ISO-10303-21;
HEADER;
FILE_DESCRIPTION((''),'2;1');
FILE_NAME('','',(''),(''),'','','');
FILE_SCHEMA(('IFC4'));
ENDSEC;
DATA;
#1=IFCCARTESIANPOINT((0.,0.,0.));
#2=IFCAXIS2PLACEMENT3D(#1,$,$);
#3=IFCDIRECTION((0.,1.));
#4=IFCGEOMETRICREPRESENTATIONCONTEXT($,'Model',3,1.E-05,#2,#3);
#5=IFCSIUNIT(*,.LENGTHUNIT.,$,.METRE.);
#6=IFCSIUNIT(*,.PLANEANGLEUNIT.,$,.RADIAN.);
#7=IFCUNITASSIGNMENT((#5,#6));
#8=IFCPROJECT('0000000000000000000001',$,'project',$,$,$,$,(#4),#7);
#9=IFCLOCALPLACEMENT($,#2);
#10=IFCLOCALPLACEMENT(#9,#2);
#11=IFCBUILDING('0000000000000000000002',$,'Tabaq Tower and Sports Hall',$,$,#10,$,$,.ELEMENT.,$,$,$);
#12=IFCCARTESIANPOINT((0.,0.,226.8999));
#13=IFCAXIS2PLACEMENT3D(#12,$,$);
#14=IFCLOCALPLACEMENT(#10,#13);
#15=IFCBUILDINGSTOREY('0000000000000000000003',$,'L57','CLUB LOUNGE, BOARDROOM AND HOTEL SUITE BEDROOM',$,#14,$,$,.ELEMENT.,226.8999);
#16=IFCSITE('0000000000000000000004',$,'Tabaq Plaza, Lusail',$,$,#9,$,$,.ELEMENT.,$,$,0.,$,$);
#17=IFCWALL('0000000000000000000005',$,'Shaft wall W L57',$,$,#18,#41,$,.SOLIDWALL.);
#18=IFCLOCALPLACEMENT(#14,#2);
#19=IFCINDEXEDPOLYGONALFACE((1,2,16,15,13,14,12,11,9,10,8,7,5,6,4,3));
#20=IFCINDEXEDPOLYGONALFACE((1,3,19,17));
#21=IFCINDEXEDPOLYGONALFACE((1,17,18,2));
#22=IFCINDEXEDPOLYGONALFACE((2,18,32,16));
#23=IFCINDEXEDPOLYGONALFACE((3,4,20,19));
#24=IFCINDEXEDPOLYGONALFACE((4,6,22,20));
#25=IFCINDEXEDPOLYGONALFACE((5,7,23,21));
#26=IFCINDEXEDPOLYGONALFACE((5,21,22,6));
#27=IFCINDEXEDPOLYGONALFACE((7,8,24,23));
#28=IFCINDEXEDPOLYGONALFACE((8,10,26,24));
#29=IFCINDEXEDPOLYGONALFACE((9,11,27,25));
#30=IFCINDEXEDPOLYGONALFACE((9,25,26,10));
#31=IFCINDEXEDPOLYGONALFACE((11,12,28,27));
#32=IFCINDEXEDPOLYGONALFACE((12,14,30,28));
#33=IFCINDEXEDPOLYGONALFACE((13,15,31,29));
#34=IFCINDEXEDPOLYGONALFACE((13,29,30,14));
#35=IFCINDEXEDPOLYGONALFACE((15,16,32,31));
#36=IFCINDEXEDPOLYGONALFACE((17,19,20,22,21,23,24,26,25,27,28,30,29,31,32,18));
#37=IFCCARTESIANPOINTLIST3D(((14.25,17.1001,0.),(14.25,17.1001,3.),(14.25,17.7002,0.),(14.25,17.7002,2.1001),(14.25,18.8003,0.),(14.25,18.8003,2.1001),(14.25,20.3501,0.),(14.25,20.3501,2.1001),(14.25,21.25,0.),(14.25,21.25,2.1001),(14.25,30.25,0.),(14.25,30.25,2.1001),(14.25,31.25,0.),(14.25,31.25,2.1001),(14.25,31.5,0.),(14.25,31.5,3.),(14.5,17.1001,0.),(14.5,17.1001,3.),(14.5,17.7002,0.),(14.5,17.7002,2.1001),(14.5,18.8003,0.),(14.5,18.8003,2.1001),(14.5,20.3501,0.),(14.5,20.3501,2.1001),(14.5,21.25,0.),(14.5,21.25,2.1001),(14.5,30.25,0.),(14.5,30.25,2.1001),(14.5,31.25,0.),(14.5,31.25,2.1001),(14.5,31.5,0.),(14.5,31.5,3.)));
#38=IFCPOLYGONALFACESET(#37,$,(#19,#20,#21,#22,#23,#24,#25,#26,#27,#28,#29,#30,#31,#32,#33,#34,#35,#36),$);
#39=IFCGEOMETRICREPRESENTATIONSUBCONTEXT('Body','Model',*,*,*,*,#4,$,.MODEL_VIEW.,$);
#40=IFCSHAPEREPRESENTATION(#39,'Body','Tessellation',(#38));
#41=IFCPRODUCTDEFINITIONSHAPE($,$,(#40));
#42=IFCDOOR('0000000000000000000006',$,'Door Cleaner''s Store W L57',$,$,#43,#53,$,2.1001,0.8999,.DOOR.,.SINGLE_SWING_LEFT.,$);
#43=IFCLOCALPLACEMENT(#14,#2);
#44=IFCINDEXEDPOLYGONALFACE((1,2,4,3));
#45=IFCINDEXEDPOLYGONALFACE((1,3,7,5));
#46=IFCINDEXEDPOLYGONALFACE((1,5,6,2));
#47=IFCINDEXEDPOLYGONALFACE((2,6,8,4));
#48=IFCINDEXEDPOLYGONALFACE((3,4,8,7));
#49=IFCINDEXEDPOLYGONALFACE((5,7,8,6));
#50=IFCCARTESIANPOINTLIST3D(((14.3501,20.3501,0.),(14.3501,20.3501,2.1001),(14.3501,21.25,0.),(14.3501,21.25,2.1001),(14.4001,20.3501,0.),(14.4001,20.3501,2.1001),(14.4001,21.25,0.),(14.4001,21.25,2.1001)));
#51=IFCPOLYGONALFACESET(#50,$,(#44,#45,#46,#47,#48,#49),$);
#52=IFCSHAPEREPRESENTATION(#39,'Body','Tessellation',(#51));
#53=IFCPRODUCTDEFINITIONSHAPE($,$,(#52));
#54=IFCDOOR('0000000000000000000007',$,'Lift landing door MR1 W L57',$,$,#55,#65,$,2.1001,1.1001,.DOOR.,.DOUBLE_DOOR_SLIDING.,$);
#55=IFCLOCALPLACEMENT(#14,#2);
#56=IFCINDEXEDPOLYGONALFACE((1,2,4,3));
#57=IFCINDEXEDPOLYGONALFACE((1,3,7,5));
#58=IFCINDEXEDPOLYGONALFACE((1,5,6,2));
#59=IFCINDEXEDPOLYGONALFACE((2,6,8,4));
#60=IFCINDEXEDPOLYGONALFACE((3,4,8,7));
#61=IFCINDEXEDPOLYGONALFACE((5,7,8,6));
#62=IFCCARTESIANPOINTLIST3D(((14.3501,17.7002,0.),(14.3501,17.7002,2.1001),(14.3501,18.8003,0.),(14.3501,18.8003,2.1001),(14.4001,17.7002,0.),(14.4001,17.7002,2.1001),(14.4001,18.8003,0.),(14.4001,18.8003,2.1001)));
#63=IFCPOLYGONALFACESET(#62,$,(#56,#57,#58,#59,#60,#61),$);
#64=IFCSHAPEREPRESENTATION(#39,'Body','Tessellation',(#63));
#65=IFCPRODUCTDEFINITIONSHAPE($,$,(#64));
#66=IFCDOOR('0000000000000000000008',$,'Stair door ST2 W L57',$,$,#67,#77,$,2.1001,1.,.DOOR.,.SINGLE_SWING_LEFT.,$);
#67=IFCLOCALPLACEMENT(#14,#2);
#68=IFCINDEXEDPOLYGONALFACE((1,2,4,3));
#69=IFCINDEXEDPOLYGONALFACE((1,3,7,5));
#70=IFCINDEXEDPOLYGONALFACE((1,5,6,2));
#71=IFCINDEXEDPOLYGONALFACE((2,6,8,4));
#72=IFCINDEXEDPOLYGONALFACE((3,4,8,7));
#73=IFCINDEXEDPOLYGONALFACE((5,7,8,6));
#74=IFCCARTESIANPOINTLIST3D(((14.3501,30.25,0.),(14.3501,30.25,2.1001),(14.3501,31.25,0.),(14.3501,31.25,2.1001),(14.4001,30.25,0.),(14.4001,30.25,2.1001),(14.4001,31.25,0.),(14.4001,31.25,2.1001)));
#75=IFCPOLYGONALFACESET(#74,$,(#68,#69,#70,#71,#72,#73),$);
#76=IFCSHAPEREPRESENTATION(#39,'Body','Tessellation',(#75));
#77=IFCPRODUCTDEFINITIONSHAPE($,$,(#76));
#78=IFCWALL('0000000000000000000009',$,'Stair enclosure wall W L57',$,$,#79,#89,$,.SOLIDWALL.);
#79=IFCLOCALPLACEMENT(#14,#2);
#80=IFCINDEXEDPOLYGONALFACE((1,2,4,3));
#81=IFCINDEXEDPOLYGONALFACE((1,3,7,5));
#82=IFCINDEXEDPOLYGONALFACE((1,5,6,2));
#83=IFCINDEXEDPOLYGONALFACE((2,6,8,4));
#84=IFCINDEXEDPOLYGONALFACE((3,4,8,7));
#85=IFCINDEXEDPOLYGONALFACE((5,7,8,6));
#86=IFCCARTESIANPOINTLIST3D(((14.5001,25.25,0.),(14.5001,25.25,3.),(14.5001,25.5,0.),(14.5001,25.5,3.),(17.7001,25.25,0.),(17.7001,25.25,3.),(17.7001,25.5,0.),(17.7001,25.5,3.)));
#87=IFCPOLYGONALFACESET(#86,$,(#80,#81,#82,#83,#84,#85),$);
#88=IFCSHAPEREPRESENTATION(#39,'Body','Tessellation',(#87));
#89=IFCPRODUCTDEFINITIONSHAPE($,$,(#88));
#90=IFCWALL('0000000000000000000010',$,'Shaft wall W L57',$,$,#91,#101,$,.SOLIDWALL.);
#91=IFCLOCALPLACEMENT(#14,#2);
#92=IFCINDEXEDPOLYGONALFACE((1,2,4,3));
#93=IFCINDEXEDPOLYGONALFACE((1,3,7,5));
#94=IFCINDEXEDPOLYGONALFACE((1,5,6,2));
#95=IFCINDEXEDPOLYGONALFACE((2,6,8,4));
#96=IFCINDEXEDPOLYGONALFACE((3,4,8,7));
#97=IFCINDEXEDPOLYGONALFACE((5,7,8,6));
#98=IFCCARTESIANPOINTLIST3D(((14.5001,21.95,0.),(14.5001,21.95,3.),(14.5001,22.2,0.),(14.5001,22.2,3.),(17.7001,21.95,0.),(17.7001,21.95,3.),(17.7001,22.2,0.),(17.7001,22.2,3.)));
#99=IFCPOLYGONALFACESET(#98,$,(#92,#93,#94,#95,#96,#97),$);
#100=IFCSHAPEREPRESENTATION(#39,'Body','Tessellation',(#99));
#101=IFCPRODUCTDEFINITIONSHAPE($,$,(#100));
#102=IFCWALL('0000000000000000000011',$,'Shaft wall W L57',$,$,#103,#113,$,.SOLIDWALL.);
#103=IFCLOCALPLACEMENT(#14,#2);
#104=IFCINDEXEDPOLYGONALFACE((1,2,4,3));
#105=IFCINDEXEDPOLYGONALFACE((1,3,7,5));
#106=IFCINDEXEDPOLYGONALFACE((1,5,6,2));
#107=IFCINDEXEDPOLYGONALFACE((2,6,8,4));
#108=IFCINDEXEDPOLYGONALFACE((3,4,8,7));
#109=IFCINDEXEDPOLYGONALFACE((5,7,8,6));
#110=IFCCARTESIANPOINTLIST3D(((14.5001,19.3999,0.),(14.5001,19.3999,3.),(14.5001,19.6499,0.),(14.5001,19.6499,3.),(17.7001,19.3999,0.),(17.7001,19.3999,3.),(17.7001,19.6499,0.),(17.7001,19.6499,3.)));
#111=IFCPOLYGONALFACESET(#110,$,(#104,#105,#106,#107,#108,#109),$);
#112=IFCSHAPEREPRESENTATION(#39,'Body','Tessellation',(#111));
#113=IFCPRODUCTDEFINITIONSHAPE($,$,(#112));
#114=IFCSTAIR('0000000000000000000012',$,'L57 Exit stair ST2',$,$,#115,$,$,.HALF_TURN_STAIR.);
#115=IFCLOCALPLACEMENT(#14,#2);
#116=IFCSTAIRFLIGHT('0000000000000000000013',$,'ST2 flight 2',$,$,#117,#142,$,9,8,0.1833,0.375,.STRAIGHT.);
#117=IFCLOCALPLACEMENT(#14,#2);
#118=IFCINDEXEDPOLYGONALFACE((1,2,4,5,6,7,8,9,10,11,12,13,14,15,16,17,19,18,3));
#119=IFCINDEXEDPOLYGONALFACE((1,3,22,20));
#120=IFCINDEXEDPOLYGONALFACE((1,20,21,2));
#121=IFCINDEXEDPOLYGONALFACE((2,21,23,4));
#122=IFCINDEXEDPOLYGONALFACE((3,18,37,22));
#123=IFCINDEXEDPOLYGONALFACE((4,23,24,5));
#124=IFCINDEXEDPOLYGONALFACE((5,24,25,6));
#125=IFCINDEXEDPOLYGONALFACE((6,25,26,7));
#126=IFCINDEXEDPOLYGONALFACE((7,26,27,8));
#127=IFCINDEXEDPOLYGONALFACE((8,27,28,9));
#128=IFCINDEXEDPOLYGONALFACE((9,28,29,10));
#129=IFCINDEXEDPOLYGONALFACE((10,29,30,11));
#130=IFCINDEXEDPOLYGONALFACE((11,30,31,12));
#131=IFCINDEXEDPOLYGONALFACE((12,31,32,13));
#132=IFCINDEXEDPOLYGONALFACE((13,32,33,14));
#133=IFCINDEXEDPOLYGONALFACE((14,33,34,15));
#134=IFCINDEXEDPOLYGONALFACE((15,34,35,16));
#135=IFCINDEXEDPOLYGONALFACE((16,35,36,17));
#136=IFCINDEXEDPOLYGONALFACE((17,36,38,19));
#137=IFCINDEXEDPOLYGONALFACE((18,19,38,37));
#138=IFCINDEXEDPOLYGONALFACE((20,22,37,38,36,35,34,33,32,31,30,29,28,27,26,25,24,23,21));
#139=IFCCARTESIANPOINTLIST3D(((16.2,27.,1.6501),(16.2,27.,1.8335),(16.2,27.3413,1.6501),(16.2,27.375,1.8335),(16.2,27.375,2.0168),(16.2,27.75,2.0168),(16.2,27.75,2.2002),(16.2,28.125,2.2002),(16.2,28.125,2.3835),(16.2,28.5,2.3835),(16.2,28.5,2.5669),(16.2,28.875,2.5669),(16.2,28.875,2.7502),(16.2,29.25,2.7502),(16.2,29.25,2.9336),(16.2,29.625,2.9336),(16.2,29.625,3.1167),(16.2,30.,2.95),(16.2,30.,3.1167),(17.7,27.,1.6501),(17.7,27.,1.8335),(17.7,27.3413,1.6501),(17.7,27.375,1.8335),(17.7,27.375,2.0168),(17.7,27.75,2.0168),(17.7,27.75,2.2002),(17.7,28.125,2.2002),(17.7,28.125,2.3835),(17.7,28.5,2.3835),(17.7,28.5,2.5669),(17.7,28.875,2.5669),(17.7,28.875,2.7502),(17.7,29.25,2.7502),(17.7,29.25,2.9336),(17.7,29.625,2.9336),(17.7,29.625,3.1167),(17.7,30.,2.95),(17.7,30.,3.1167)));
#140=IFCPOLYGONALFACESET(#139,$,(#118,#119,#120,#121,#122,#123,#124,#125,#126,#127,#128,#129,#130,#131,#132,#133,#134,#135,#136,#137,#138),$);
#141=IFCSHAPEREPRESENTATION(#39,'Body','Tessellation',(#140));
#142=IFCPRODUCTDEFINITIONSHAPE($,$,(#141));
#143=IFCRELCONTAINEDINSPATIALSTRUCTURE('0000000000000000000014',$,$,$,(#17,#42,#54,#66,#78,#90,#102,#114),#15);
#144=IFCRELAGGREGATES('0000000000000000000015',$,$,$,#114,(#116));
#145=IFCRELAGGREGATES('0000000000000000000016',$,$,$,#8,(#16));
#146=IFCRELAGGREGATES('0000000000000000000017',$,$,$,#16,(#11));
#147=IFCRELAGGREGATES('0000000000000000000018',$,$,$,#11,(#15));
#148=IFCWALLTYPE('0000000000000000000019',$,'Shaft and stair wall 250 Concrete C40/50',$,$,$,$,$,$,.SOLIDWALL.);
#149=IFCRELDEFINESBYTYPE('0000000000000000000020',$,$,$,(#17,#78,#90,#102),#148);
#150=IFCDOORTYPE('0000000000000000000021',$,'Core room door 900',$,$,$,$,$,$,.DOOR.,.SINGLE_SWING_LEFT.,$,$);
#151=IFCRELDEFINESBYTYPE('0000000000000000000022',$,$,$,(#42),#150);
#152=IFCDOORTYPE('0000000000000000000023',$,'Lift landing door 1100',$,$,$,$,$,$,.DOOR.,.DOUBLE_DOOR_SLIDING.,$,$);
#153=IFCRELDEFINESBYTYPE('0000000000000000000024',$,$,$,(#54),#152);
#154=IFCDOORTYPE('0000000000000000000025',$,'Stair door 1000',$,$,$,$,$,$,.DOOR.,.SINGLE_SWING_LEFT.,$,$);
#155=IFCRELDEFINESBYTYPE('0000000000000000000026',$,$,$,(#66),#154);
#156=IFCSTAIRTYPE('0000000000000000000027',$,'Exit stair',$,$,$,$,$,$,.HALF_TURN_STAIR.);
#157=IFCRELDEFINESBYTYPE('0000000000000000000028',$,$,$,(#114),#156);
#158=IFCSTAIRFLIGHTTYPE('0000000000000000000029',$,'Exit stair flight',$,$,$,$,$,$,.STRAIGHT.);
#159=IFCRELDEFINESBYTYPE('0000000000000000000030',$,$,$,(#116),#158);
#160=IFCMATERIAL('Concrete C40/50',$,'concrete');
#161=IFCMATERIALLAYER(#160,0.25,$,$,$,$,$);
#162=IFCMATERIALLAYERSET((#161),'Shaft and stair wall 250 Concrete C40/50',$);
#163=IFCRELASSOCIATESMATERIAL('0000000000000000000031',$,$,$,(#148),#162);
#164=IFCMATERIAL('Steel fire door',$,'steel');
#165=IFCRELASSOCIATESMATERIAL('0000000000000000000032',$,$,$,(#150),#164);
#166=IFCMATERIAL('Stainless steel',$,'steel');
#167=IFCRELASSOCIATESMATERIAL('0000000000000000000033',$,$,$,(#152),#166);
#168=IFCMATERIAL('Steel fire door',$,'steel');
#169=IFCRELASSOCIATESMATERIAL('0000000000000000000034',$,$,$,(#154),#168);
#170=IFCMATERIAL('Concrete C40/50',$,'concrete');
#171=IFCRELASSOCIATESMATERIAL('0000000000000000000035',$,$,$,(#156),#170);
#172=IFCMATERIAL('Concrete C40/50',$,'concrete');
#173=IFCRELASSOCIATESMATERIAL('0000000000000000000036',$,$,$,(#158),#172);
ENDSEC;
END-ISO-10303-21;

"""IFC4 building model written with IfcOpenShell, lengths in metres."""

from ifc_helpers import new_model, si_unit, direction, frame, frame_2d, origin, place, context, subcontext, project, spatial, polyline, rectangle, outline, extrude, material, layer, layer_set, type_object, element, fill, aggregate, save


model = new_model("IFC4")

# Units and contexts
model_context = context("Model", 3, precision=1e-05, world=origin(), true_north=direction((0.0, 1.0)))
body_context = subcontext(model_context, "Body", "Model", "MODEL_VIEW")
ifc_project = project(units=[si_unit("LENGTHUNIT", "METRE"), si_unit("PLANEANGLEUNIT", "RADIAN")], contexts=[model_context])

# Site, building, storey
site_placement = place(None, origin())
site = spatial("IfcSite", under=ifc_project, at=site_placement, Name="Tabaq Plaza, Lusail", CompositionType="ELEMENT", RefElevation=0.0)
building_placement = place(site_placement, origin())
building = spatial("IfcBuilding", under=site, at=building_placement, Name="Tabaq Tower and Sports Hall", CompositionType="ELEMENT")
storey_placement = place(building_placement, frame((0.0, 0.0, 226.8999)))
storey = spatial("IfcBuildingStorey", under=building, at=storey_placement, Name="L57", Description="CLUB LOUNGE, BOARDROOM AND HOTEL SUITE BEDROOM", CompositionType="ELEMENT", Elevation=226.8999)

# Wall, openings, doors
ifc_material_1 = material(Name="Concrete C40/50", Category="concrete")
ifc_layer_1 = layer(ifc_material_1, 0.25)
ifc_layer_set_1 = layer_set([ifc_layer_1], Name="Shaft and stair wall 250 Concrete C40/50")
wall_type_1 = type_object("IfcWallType", Name="Shaft and stair wall 250 Concrete C40/50", PredefinedType="SOLIDWALL", material=ifc_layer_set_1)
wall_1_placement = place(storey_placement, frame((14.375, 17.1001, 0.0), z_axis=(0.0, 0.0, 1.0), x_axis=(0.0, 1.0, 0.0)))
wall_1 = element("IfcWall", 1, at=wall_1_placement, inside=storey, type_object=wall_type_1, Name="Shaft wall W L57", PredefinedType="SOLIDWALL", context=body_context, shape_type="SweptSolid", body=[
    extrude(rectangle(XDim=14.3999, YDim=0.25, at=frame_2d((7.2, 0.0))), origin(), (0.0, 0.0, 1.0), 3.0),
])
opening_1_placement = place(wall_1_placement, frame((13.1499, 0.0, 0.0)))
opening_1 = element("IfcOpeningElement", 2, at=opening_1_placement, cuts=wall_1, PredefinedType="OPENING", context=body_context, shape_type="SweptSolid", body=[
    extrude(rectangle(XDim=1.0, YDim=2.1001, at=frame_2d((0.5, 1.05))), frame((0.0, 0.125, 0.0), z_axis=(0.0, -1.0, 0.0), x_axis=(1.0, 0.0, 0.0)), (0.0, 0.0, 1.0), 0.25),
])
opening_2_placement = place(wall_1_placement, frame((0.6001, 0.0, 0.0)))
opening_2 = element("IfcOpeningElement", 3, at=opening_2_placement, cuts=wall_1, PredefinedType="OPENING", context=body_context, shape_type="SweptSolid", body=[
    extrude(rectangle(XDim=1.1001, YDim=2.1001, at=frame_2d((0.55, 1.05))), frame((0.0, 0.125, 0.0), z_axis=(0.0, -1.0, 0.0), x_axis=(1.0, 0.0, 0.0)), (0.0, 0.0, 1.0), 0.25),
])
opening_3_placement = place(wall_1_placement, frame((3.25, 0.0, 0.0)))
opening_3 = element("IfcOpeningElement", 4, at=opening_3_placement, cuts=wall_1, PredefinedType="OPENING", context=body_context, shape_type="SweptSolid", body=[
    extrude(rectangle(XDim=0.8999, YDim=2.1001, at=frame_2d((0.45, 1.05))), frame((0.0, 0.125, 0.0), z_axis=(0.0, -1.0, 0.0), x_axis=(1.0, 0.0, 0.0)), (0.0, 0.0, 1.0), 0.25),
])
ifc_material_2 = material(Name="Steel fire door", Category="steel")
door_type_1 = type_object("IfcDoorType", Name="Core room door 900", OperationType="SINGLE_SWING_LEFT", PredefinedType="DOOR", material=ifc_material_2)
door_1_placement = place(opening_3_placement, origin())
door_1 = element("IfcDoor", 5, at=door_1_placement, inside=storey, type_object=door_type_1, Name="Door Cleaner's Store W L57", OperationType="SINGLE_SWING_LEFT", OverallHeight=2.1001, OverallWidth=0.8999, PredefinedType="DOOR", context=body_context, shape_type="SweptSolid", body=[
    extrude(rectangle(XDim=0.8999, YDim=2.1001, at=frame_2d((0.45, 1.05))), frame((0.0, 0.0249, 0.0), z_axis=(0.0, -1.0, 0.0), x_axis=(1.0, 0.0, 0.0)), (0.0, 0.0, 1.0), 0.05),
])
fill(opening_3, door_1)
ifc_material_3 = material(Name="Stainless steel", Category="steel")
door_type_2 = type_object("IfcDoorType", Name="Lift landing door 1100", OperationType="DOUBLE_DOOR_SLIDING", PredefinedType="DOOR", material=ifc_material_3)
door_2_placement = place(opening_2_placement, origin())
door_2 = element("IfcDoor", 6, at=door_2_placement, inside=storey, type_object=door_type_2, Name="Lift landing door MR1 W L57", OperationType="DOUBLE_DOOR_SLIDING", OverallHeight=2.1001, OverallWidth=1.1001, PredefinedType="DOOR", context=body_context, shape_type="SweptSolid", body=[
    extrude(rectangle(XDim=1.1001, YDim=2.1001, at=frame_2d((0.55, 1.05))), frame((0.0, 0.0249, 0.0), z_axis=(0.0, -1.0, 0.0), x_axis=(1.0, 0.0, 0.0)), (0.0, 0.0, 1.0), 0.05),
])
fill(opening_2, door_2)
ifc_material_4 = material(Name="Steel fire door", Category="steel")
door_type_3 = type_object("IfcDoorType", Name="Stair door 1000", OperationType="SINGLE_SWING_LEFT", PredefinedType="DOOR", material=ifc_material_4)
door_3_placement = place(opening_1_placement, origin())
door_3 = element("IfcDoor", 7, at=door_3_placement, inside=storey, type_object=door_type_3, Name="Stair door ST2 W L57", OperationType="SINGLE_SWING_LEFT", OverallHeight=2.1001, OverallWidth=1.0, PredefinedType="DOOR", context=body_context, shape_type="SweptSolid", body=[
    extrude(rectangle(XDim=1.0, YDim=2.1001, at=frame_2d((0.5, 1.05))), frame((0.0, 0.0249, 0.0), z_axis=(0.0, -1.0, 0.0), x_axis=(1.0, 0.0, 0.0)), (0.0, 0.0, 1.0), 0.05),
])
fill(opening_1, door_3)

# Walls
for number, where, z_axis, x_axis, name in (
    (8, (14.5, 25.375, 0.0), (0.0, 0.0, 1.0), (1.0, 0.0, 0.0), "Stair enclosure wall W L57"),
    (9, (14.5, 22.075, 0.0), (0.0, 0.0, 1.0), (1.0, 0.0, 0.0), "Shaft wall W L57"),
    (10, (14.5, 19.5249, 0.0), (0.0, 0.0, 1.0), (1.0, 0.0, 0.0), "Shaft wall W L57"),
):
    element("IfcWall", number, at=place(storey_placement, frame(where, z_axis=z_axis, x_axis=x_axis)), inside=storey, type_object=wall_type_1, Name=name, PredefinedType="SOLIDWALL", context=body_context, shape_type="SweptSolid", body=[
        extrude(rectangle(XDim=3.2, YDim=0.25, at=frame_2d((1.6001, 0.0))), origin(), (0.0, 0.0, 1.0), 3.0),
    ])

# Stair, stair flight
ifc_material_5 = material(Name="Concrete C40/50", Category="concrete")
stair_type = type_object("IfcStairType", Name="Exit stair", PredefinedType="HALF_TURN_STAIR", material=ifc_material_5)
stair_placement = place(storey_placement, origin())
stair = element("IfcStair", 11, at=stair_placement, inside=storey, type_object=stair_type, Name="L57 Exit stair ST2", PredefinedType="HALF_TURN_STAIR")
ifc_material_6 = material(Name="Concrete C40/50", Category="concrete")
stair_flight_type = type_object("IfcStairFlightType", Name="Exit stair flight", PredefinedType="STRAIGHT", material=ifc_material_6)
stair_flight_placement = place(storey_placement, frame((16.95, 27.0, 1.6501), z_axis=(0.0, 0.0, 1.0), x_axis=(0.0, 1.0, 0.0)))
stair_flight = element("IfcStairFlight", 12, at=stair_flight_placement, type_object=stair_flight_type, Name="ST2 flight 2", NumberOfRisers=9, NumberOfTreads=8, PredefinedType="STRAIGHT", RiserHeight=0.1833, TreadLength=0.375, context=body_context, shape_type="SweptSolid", body=[
    extrude(outline(polyline([(0.0, 0.0), (0.0, 0.1833), (0.375, 0.1833), (0.375, 0.3667), (0.75, 0.3667), (0.75, 0.55), (1.125, 0.55), (1.125, 0.7334), (1.5, 0.7334), (1.5, 0.9167), (1.875, 0.9167), (1.875, 1.1001), (2.25, 1.1001), (2.25, 1.2834), (2.625, 1.2834), (2.625, 1.4666), (3.0, 1.4666), (3.0, 1.6499), (3.0, 1.2998), (0.3413, 0.0), (0.0, 0.0)])), frame((0.0, 0.75, 0.0), z_axis=(0.0, -1.0, 0.0), x_axis=(1.0, 0.0, 0.0)), (0.0, 0.0, 1.0), 1.5),
])
aggregate(stair, [stair_flight])

save(model, "model.ifc")
